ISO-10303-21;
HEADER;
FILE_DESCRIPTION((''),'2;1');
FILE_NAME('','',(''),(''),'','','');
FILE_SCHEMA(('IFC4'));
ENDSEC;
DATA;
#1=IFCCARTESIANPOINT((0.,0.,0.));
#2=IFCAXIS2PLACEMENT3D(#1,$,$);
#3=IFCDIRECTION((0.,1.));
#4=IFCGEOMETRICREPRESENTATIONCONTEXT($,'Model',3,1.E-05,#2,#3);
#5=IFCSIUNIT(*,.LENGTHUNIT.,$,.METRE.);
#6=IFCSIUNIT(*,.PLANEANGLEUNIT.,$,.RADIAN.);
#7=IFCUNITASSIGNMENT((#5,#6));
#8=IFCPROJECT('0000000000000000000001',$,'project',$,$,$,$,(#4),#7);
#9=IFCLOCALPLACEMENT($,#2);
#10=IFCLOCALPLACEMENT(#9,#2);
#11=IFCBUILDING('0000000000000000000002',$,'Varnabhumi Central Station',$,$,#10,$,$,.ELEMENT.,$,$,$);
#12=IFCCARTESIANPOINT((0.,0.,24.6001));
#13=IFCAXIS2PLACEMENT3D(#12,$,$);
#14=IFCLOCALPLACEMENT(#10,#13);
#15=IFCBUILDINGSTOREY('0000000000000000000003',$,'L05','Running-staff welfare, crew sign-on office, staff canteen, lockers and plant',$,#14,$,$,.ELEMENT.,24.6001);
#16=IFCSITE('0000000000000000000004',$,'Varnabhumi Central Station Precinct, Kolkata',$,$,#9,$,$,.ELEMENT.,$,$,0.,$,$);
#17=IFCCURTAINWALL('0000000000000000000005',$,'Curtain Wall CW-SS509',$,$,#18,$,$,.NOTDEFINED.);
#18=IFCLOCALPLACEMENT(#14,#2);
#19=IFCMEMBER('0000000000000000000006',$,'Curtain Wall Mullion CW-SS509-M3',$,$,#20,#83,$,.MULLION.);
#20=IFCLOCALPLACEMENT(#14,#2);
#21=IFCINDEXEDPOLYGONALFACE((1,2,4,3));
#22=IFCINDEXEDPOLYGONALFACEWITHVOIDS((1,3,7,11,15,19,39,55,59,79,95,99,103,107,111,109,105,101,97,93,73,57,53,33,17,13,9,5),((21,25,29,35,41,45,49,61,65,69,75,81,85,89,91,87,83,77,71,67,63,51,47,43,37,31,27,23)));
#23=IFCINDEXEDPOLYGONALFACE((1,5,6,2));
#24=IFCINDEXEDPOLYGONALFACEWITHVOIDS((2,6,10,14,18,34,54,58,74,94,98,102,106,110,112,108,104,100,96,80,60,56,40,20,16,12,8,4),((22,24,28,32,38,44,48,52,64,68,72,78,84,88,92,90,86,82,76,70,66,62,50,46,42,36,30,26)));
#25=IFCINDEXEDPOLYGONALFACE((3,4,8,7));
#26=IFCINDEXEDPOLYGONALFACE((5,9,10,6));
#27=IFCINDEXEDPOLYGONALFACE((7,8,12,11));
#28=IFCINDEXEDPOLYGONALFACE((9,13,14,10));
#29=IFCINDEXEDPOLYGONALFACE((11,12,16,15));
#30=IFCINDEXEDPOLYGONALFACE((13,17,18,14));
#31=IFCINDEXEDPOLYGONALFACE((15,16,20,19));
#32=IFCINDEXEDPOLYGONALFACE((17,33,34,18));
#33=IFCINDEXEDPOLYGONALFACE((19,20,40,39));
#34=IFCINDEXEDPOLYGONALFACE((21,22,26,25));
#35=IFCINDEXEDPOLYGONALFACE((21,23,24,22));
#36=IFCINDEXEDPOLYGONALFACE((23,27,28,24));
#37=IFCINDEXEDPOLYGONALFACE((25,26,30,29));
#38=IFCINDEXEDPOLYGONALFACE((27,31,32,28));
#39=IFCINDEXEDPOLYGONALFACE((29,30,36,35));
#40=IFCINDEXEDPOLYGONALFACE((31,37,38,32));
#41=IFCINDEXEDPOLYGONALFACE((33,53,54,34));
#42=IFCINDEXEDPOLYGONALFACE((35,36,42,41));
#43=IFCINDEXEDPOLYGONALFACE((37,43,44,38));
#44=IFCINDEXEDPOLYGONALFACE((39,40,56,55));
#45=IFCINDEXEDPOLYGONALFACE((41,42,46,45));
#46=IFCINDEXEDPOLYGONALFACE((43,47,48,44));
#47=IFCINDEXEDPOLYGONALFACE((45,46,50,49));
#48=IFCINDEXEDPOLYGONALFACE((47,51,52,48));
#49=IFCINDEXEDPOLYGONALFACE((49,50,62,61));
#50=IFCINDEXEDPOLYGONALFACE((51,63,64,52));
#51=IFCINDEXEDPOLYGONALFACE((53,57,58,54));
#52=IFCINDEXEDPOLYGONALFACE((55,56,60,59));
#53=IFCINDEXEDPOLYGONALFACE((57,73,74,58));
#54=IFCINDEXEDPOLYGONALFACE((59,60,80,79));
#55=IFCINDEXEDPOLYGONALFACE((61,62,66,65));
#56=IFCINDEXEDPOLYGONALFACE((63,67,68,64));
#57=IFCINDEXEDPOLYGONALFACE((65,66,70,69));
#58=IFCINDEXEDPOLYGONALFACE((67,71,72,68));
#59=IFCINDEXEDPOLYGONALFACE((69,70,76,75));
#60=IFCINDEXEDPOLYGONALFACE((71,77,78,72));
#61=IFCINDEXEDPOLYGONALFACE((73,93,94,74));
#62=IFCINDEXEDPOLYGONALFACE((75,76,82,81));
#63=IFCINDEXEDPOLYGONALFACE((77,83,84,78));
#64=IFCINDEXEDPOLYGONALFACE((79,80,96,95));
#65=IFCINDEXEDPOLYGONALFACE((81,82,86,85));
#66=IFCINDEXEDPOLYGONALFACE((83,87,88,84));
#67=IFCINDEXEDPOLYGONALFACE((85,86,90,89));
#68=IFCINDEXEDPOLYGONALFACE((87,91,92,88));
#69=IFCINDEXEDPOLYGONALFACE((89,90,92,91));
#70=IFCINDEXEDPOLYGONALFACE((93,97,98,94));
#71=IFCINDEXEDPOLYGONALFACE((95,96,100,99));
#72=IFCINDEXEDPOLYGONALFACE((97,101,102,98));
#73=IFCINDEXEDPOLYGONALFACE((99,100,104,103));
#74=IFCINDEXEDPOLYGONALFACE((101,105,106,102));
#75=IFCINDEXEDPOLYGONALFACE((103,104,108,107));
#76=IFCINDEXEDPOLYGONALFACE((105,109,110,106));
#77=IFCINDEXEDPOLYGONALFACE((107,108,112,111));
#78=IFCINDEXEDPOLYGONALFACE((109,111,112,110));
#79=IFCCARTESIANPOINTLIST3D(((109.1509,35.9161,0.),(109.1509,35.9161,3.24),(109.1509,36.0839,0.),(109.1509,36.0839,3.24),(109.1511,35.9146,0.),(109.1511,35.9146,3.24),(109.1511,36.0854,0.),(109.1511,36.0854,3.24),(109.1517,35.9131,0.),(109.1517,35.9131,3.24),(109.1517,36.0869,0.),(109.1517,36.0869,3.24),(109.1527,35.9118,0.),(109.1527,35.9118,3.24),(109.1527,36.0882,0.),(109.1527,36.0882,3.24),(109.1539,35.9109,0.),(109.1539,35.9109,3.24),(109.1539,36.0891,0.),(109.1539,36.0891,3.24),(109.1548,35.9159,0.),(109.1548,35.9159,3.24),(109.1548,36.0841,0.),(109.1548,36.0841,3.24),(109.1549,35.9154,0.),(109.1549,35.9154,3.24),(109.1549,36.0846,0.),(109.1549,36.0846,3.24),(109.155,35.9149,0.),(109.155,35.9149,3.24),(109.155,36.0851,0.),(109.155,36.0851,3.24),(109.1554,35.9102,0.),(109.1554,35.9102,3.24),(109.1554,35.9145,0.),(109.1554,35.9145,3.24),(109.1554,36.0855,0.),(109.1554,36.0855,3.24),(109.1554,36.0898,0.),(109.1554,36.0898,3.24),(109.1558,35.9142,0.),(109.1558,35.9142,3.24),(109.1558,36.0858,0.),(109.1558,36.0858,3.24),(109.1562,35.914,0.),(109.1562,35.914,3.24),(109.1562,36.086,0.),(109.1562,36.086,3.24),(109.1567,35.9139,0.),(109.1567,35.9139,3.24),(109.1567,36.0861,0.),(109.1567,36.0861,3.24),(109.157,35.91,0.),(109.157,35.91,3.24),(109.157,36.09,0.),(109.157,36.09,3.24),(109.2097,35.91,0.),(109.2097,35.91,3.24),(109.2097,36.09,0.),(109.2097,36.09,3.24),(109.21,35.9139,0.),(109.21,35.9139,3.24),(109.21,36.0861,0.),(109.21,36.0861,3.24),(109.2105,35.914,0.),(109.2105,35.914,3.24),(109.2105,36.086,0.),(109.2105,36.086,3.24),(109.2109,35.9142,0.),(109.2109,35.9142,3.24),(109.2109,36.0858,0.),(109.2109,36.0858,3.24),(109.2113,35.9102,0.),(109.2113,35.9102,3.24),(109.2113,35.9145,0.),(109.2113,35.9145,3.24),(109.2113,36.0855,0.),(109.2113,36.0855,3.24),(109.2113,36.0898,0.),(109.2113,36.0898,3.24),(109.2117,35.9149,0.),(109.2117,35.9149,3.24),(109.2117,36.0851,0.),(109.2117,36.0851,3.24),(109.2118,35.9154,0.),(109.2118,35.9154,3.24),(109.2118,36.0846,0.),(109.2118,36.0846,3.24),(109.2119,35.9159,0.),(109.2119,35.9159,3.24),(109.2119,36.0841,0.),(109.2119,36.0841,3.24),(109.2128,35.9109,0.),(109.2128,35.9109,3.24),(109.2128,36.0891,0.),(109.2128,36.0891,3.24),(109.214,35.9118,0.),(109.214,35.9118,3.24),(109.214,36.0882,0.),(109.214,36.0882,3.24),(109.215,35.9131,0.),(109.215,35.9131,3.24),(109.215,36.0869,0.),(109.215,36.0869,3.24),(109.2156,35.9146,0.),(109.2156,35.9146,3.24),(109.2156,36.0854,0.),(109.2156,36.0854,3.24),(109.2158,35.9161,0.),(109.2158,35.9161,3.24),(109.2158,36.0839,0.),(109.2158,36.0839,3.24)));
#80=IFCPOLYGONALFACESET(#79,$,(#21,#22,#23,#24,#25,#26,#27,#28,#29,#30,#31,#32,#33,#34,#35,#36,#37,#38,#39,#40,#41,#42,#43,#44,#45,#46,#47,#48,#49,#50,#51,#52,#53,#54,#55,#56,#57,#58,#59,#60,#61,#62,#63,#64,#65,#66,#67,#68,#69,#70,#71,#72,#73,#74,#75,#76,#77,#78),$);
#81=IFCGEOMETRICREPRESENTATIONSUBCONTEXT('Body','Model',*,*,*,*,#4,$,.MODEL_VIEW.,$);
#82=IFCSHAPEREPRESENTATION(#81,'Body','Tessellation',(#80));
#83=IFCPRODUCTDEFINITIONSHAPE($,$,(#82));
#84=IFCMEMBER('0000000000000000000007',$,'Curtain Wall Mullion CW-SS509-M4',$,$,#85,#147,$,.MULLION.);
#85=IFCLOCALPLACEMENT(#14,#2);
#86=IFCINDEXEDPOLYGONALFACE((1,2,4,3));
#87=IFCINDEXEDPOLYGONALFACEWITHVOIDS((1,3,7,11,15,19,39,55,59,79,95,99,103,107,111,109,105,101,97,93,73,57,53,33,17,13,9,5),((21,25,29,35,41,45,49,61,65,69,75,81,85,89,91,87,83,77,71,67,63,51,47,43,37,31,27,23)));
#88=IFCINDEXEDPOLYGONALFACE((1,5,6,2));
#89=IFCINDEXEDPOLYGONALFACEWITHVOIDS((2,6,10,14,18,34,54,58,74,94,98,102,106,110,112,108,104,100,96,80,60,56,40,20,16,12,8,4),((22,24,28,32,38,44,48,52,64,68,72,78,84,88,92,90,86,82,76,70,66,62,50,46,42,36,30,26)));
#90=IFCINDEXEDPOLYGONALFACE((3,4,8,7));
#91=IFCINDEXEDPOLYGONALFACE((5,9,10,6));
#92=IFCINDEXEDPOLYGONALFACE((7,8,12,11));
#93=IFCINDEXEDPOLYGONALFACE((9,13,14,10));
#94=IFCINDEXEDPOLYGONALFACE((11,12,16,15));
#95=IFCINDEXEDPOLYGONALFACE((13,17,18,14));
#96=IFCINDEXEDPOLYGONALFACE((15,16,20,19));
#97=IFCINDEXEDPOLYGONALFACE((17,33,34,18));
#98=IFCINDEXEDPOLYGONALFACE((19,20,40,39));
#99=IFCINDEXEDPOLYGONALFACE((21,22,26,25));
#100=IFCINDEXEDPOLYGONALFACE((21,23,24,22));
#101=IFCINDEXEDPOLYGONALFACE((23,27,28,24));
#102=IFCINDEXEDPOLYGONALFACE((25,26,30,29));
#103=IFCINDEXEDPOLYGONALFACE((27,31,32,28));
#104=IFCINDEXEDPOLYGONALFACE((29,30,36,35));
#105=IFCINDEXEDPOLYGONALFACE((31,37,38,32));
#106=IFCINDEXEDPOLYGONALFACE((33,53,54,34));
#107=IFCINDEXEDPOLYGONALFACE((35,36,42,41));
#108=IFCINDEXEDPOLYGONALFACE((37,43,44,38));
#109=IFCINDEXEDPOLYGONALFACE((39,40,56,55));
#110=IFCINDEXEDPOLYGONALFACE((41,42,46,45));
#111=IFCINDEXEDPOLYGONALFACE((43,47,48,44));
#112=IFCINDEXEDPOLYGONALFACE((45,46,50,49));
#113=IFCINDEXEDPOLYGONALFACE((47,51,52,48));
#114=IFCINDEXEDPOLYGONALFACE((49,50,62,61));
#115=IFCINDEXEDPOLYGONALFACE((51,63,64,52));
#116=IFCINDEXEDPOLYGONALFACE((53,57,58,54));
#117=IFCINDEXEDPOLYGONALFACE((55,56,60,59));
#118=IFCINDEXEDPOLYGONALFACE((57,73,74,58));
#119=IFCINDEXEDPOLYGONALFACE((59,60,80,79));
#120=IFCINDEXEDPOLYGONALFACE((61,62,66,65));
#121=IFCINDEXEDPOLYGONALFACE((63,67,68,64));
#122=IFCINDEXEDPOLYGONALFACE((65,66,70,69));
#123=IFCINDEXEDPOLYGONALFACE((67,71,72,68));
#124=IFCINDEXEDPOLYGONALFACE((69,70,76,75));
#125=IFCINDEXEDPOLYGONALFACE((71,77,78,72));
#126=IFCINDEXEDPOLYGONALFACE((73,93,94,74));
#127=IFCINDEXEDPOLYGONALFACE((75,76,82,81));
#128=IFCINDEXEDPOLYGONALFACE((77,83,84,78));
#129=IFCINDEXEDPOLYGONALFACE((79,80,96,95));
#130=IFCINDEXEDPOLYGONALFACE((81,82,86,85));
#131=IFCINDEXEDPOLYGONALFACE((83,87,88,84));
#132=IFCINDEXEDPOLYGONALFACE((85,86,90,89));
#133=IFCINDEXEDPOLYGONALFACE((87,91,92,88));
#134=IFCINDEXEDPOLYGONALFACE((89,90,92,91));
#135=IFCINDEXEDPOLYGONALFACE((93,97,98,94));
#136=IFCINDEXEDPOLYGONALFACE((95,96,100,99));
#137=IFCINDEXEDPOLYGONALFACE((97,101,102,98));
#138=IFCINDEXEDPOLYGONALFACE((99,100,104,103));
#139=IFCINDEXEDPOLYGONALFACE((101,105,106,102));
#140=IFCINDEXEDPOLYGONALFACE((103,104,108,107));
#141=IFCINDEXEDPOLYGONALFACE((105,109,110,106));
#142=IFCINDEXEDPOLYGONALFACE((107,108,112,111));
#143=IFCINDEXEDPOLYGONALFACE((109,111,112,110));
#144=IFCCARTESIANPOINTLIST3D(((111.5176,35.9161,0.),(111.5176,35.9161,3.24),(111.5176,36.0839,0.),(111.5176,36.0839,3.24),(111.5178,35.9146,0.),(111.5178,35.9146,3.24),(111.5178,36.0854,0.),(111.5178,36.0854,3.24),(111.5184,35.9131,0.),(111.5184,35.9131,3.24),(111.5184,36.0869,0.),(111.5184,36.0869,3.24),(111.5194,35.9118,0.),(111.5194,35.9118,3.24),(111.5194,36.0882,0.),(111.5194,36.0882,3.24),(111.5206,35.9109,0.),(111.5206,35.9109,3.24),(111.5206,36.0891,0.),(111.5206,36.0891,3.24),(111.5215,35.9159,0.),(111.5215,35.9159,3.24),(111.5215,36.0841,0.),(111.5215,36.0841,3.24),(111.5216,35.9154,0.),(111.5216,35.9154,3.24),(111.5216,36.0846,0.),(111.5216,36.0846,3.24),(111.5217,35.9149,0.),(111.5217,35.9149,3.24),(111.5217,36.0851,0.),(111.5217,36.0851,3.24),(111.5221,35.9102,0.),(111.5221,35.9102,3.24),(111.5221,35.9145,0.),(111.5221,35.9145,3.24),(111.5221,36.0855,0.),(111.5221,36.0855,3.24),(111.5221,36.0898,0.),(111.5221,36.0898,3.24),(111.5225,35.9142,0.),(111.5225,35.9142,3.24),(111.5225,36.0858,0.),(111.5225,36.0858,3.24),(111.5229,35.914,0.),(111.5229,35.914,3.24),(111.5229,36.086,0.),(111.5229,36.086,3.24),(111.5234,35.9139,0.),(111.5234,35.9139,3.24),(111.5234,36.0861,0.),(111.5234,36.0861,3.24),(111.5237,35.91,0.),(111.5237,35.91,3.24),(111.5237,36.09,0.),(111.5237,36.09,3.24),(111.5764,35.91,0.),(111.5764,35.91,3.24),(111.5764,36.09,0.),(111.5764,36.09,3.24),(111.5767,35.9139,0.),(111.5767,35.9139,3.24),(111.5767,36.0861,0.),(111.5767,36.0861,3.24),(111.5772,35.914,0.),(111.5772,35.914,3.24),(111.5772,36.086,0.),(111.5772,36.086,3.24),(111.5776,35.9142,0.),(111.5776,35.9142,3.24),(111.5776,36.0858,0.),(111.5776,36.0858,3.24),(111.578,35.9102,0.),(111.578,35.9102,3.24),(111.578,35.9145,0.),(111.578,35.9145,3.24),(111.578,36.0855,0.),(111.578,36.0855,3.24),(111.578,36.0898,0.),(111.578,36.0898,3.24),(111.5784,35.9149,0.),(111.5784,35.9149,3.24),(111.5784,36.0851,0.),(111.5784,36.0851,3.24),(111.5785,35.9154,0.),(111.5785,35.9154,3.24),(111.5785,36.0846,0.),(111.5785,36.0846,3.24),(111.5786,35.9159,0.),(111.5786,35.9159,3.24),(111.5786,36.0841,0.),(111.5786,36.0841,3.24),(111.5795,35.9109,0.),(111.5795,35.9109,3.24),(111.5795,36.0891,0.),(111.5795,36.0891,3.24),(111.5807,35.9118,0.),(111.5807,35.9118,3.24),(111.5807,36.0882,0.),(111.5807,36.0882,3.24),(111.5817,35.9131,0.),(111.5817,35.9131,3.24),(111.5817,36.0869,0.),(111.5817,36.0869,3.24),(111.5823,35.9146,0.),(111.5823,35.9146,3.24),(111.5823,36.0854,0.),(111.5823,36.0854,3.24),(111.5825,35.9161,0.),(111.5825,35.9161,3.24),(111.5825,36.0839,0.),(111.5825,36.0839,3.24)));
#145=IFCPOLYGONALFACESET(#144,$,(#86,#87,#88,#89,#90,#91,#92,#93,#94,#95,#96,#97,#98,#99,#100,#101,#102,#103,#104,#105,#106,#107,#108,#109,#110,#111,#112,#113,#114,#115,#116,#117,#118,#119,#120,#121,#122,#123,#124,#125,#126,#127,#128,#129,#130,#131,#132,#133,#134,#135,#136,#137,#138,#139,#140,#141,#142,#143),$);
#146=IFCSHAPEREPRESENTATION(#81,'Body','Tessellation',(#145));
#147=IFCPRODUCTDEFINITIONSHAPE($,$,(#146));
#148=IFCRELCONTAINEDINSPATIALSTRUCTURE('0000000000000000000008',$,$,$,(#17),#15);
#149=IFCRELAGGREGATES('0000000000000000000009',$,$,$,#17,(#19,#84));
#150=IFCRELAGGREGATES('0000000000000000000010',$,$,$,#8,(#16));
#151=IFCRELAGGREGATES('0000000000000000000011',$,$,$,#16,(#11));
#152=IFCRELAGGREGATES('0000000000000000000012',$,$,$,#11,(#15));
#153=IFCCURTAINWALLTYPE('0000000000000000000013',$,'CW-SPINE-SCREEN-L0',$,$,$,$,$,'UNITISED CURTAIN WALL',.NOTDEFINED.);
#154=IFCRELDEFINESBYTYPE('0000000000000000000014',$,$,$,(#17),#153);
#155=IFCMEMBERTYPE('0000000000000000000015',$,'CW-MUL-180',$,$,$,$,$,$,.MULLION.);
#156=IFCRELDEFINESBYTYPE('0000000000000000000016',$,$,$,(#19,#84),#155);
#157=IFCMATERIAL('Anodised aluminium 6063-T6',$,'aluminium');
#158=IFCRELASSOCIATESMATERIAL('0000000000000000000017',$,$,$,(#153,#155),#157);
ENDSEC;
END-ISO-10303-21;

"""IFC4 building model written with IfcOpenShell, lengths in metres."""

from ifc_helpers import new_model, si_unit, direction, frame, origin, origin_2d, place, context, subcontext, project, spatial, hollow_rectangle, extrude, material, material_profile, profile_set, type_object, element, aggregate, save


model = new_model("IFC4")

# Units and contexts
model_context = context("Model", 3, precision=1e-05, world=origin(), true_north=direction((0.0, 1.0)))
body_context = subcontext(model_context, "Body", "Model", "MODEL_VIEW")
ifc_project = project(units=[si_unit("LENGTHUNIT", "METRE"), si_unit("PLANEANGLEUNIT", "RADIAN")], contexts=[model_context])

# Site, building, storey
site_placement = place(None, origin())
site = spatial("IfcSite", under=ifc_project, at=site_placement, Name="Varnabhumi Central Station Precinct, Kolkata", CompositionType="ELEMENT", RefElevation=0.0)
building_placement = place(site_placement, origin())
building = spatial("IfcBuilding", under=site, at=building_placement, Name="Varnabhumi Central Station", CompositionType="ELEMENT")
storey_placement = place(building_placement, frame((0.0, 0.0, 24.6001)))
storey = spatial("IfcBuildingStorey", under=building, at=storey_placement, Name="L05", Description="Running-staff welfare, crew sign-on office, staff canteen, lockers and plant", CompositionType="ELEMENT", Elevation=24.6001)

# Curtain wall, members
ifc_material_1 = material(Name="Anodised aluminium 6063-T6", Category="aluminium")
curtain_wall_type = type_object("IfcCurtainWallType", Name="CW-SPINE-SCREEN-L0", ElementType="UNITISED CURTAIN WALL", PredefinedType="NOTDEFINED", material=ifc_material_1)
curtain_wall_placement = place(storey_placement, origin())
curtain_wall = element("IfcCurtainWall", 1, at=curtain_wall_placement, inside=storey, type_object=curtain_wall_type, Name="Curtain Wall CW-SS509", PredefinedType="NOTDEFINED")
ifc_material_profile_1 = material_profile(ifc_material_1, hollow_rectangle(XDim=0.0649, YDim=0.1799, WallThickness=0.0039, InnerFilletRadius=0.002, OuterFilletRadius=0.0061, at=origin_2d()), Name="Anodised aluminium 6063-T6", Category="aluminium")
ifc_profile_set_1 = profile_set([ifc_material_profile_1], Name="Anodised aluminium 6063-T6")
member_type_1 = type_object("IfcMemberType", Name="CW-MUL-180", PredefinedType="MULLION", material=ifc_profile_set_1)
member_1_placement = place(storey_placement, frame((109.1833, 36.0, 0.0), z_axis=(0.0, 0.0, 1.0), x_axis=(1.0, 0.0, 0.0)))
member_1 = element("IfcMember", 2, at=member_1_placement, type_object=member_type_1, Name="Curtain Wall Mullion CW-SS509-M3", PredefinedType="MULLION", context=body_context, shape_type="SweptSolid", body=[
    extrude(hollow_rectangle(XDim=0.0649, YDim=0.1799, WallThickness=0.0039, InnerFilletRadius=0.002, OuterFilletRadius=0.0061, at=origin_2d()), origin(), (0.0, 0.0, 1.0), 3.24),
])
member_2_placement = place(storey_placement, frame((111.55, 36.0, 0.0), z_axis=(0.0, 0.0, 1.0), x_axis=(1.0, 0.0, 0.0)))
member_2 = element("IfcMember", 3, at=member_2_placement, type_object=member_type_1, Name="Curtain Wall Mullion CW-SS509-M4", PredefinedType="MULLION", context=body_context, shape_type="SweptSolid", body=[
    extrude(hollow_rectangle(XDim=0.0649, YDim=0.1799, WallThickness=0.0039, InnerFilletRadius=0.002, OuterFilletRadius=0.0061, at=origin_2d()), origin(), (0.0, 0.0, 1.0), 3.24),
])

aggregate(curtain_wall, [member_1, member_2])

save(model, "model.ifc")
